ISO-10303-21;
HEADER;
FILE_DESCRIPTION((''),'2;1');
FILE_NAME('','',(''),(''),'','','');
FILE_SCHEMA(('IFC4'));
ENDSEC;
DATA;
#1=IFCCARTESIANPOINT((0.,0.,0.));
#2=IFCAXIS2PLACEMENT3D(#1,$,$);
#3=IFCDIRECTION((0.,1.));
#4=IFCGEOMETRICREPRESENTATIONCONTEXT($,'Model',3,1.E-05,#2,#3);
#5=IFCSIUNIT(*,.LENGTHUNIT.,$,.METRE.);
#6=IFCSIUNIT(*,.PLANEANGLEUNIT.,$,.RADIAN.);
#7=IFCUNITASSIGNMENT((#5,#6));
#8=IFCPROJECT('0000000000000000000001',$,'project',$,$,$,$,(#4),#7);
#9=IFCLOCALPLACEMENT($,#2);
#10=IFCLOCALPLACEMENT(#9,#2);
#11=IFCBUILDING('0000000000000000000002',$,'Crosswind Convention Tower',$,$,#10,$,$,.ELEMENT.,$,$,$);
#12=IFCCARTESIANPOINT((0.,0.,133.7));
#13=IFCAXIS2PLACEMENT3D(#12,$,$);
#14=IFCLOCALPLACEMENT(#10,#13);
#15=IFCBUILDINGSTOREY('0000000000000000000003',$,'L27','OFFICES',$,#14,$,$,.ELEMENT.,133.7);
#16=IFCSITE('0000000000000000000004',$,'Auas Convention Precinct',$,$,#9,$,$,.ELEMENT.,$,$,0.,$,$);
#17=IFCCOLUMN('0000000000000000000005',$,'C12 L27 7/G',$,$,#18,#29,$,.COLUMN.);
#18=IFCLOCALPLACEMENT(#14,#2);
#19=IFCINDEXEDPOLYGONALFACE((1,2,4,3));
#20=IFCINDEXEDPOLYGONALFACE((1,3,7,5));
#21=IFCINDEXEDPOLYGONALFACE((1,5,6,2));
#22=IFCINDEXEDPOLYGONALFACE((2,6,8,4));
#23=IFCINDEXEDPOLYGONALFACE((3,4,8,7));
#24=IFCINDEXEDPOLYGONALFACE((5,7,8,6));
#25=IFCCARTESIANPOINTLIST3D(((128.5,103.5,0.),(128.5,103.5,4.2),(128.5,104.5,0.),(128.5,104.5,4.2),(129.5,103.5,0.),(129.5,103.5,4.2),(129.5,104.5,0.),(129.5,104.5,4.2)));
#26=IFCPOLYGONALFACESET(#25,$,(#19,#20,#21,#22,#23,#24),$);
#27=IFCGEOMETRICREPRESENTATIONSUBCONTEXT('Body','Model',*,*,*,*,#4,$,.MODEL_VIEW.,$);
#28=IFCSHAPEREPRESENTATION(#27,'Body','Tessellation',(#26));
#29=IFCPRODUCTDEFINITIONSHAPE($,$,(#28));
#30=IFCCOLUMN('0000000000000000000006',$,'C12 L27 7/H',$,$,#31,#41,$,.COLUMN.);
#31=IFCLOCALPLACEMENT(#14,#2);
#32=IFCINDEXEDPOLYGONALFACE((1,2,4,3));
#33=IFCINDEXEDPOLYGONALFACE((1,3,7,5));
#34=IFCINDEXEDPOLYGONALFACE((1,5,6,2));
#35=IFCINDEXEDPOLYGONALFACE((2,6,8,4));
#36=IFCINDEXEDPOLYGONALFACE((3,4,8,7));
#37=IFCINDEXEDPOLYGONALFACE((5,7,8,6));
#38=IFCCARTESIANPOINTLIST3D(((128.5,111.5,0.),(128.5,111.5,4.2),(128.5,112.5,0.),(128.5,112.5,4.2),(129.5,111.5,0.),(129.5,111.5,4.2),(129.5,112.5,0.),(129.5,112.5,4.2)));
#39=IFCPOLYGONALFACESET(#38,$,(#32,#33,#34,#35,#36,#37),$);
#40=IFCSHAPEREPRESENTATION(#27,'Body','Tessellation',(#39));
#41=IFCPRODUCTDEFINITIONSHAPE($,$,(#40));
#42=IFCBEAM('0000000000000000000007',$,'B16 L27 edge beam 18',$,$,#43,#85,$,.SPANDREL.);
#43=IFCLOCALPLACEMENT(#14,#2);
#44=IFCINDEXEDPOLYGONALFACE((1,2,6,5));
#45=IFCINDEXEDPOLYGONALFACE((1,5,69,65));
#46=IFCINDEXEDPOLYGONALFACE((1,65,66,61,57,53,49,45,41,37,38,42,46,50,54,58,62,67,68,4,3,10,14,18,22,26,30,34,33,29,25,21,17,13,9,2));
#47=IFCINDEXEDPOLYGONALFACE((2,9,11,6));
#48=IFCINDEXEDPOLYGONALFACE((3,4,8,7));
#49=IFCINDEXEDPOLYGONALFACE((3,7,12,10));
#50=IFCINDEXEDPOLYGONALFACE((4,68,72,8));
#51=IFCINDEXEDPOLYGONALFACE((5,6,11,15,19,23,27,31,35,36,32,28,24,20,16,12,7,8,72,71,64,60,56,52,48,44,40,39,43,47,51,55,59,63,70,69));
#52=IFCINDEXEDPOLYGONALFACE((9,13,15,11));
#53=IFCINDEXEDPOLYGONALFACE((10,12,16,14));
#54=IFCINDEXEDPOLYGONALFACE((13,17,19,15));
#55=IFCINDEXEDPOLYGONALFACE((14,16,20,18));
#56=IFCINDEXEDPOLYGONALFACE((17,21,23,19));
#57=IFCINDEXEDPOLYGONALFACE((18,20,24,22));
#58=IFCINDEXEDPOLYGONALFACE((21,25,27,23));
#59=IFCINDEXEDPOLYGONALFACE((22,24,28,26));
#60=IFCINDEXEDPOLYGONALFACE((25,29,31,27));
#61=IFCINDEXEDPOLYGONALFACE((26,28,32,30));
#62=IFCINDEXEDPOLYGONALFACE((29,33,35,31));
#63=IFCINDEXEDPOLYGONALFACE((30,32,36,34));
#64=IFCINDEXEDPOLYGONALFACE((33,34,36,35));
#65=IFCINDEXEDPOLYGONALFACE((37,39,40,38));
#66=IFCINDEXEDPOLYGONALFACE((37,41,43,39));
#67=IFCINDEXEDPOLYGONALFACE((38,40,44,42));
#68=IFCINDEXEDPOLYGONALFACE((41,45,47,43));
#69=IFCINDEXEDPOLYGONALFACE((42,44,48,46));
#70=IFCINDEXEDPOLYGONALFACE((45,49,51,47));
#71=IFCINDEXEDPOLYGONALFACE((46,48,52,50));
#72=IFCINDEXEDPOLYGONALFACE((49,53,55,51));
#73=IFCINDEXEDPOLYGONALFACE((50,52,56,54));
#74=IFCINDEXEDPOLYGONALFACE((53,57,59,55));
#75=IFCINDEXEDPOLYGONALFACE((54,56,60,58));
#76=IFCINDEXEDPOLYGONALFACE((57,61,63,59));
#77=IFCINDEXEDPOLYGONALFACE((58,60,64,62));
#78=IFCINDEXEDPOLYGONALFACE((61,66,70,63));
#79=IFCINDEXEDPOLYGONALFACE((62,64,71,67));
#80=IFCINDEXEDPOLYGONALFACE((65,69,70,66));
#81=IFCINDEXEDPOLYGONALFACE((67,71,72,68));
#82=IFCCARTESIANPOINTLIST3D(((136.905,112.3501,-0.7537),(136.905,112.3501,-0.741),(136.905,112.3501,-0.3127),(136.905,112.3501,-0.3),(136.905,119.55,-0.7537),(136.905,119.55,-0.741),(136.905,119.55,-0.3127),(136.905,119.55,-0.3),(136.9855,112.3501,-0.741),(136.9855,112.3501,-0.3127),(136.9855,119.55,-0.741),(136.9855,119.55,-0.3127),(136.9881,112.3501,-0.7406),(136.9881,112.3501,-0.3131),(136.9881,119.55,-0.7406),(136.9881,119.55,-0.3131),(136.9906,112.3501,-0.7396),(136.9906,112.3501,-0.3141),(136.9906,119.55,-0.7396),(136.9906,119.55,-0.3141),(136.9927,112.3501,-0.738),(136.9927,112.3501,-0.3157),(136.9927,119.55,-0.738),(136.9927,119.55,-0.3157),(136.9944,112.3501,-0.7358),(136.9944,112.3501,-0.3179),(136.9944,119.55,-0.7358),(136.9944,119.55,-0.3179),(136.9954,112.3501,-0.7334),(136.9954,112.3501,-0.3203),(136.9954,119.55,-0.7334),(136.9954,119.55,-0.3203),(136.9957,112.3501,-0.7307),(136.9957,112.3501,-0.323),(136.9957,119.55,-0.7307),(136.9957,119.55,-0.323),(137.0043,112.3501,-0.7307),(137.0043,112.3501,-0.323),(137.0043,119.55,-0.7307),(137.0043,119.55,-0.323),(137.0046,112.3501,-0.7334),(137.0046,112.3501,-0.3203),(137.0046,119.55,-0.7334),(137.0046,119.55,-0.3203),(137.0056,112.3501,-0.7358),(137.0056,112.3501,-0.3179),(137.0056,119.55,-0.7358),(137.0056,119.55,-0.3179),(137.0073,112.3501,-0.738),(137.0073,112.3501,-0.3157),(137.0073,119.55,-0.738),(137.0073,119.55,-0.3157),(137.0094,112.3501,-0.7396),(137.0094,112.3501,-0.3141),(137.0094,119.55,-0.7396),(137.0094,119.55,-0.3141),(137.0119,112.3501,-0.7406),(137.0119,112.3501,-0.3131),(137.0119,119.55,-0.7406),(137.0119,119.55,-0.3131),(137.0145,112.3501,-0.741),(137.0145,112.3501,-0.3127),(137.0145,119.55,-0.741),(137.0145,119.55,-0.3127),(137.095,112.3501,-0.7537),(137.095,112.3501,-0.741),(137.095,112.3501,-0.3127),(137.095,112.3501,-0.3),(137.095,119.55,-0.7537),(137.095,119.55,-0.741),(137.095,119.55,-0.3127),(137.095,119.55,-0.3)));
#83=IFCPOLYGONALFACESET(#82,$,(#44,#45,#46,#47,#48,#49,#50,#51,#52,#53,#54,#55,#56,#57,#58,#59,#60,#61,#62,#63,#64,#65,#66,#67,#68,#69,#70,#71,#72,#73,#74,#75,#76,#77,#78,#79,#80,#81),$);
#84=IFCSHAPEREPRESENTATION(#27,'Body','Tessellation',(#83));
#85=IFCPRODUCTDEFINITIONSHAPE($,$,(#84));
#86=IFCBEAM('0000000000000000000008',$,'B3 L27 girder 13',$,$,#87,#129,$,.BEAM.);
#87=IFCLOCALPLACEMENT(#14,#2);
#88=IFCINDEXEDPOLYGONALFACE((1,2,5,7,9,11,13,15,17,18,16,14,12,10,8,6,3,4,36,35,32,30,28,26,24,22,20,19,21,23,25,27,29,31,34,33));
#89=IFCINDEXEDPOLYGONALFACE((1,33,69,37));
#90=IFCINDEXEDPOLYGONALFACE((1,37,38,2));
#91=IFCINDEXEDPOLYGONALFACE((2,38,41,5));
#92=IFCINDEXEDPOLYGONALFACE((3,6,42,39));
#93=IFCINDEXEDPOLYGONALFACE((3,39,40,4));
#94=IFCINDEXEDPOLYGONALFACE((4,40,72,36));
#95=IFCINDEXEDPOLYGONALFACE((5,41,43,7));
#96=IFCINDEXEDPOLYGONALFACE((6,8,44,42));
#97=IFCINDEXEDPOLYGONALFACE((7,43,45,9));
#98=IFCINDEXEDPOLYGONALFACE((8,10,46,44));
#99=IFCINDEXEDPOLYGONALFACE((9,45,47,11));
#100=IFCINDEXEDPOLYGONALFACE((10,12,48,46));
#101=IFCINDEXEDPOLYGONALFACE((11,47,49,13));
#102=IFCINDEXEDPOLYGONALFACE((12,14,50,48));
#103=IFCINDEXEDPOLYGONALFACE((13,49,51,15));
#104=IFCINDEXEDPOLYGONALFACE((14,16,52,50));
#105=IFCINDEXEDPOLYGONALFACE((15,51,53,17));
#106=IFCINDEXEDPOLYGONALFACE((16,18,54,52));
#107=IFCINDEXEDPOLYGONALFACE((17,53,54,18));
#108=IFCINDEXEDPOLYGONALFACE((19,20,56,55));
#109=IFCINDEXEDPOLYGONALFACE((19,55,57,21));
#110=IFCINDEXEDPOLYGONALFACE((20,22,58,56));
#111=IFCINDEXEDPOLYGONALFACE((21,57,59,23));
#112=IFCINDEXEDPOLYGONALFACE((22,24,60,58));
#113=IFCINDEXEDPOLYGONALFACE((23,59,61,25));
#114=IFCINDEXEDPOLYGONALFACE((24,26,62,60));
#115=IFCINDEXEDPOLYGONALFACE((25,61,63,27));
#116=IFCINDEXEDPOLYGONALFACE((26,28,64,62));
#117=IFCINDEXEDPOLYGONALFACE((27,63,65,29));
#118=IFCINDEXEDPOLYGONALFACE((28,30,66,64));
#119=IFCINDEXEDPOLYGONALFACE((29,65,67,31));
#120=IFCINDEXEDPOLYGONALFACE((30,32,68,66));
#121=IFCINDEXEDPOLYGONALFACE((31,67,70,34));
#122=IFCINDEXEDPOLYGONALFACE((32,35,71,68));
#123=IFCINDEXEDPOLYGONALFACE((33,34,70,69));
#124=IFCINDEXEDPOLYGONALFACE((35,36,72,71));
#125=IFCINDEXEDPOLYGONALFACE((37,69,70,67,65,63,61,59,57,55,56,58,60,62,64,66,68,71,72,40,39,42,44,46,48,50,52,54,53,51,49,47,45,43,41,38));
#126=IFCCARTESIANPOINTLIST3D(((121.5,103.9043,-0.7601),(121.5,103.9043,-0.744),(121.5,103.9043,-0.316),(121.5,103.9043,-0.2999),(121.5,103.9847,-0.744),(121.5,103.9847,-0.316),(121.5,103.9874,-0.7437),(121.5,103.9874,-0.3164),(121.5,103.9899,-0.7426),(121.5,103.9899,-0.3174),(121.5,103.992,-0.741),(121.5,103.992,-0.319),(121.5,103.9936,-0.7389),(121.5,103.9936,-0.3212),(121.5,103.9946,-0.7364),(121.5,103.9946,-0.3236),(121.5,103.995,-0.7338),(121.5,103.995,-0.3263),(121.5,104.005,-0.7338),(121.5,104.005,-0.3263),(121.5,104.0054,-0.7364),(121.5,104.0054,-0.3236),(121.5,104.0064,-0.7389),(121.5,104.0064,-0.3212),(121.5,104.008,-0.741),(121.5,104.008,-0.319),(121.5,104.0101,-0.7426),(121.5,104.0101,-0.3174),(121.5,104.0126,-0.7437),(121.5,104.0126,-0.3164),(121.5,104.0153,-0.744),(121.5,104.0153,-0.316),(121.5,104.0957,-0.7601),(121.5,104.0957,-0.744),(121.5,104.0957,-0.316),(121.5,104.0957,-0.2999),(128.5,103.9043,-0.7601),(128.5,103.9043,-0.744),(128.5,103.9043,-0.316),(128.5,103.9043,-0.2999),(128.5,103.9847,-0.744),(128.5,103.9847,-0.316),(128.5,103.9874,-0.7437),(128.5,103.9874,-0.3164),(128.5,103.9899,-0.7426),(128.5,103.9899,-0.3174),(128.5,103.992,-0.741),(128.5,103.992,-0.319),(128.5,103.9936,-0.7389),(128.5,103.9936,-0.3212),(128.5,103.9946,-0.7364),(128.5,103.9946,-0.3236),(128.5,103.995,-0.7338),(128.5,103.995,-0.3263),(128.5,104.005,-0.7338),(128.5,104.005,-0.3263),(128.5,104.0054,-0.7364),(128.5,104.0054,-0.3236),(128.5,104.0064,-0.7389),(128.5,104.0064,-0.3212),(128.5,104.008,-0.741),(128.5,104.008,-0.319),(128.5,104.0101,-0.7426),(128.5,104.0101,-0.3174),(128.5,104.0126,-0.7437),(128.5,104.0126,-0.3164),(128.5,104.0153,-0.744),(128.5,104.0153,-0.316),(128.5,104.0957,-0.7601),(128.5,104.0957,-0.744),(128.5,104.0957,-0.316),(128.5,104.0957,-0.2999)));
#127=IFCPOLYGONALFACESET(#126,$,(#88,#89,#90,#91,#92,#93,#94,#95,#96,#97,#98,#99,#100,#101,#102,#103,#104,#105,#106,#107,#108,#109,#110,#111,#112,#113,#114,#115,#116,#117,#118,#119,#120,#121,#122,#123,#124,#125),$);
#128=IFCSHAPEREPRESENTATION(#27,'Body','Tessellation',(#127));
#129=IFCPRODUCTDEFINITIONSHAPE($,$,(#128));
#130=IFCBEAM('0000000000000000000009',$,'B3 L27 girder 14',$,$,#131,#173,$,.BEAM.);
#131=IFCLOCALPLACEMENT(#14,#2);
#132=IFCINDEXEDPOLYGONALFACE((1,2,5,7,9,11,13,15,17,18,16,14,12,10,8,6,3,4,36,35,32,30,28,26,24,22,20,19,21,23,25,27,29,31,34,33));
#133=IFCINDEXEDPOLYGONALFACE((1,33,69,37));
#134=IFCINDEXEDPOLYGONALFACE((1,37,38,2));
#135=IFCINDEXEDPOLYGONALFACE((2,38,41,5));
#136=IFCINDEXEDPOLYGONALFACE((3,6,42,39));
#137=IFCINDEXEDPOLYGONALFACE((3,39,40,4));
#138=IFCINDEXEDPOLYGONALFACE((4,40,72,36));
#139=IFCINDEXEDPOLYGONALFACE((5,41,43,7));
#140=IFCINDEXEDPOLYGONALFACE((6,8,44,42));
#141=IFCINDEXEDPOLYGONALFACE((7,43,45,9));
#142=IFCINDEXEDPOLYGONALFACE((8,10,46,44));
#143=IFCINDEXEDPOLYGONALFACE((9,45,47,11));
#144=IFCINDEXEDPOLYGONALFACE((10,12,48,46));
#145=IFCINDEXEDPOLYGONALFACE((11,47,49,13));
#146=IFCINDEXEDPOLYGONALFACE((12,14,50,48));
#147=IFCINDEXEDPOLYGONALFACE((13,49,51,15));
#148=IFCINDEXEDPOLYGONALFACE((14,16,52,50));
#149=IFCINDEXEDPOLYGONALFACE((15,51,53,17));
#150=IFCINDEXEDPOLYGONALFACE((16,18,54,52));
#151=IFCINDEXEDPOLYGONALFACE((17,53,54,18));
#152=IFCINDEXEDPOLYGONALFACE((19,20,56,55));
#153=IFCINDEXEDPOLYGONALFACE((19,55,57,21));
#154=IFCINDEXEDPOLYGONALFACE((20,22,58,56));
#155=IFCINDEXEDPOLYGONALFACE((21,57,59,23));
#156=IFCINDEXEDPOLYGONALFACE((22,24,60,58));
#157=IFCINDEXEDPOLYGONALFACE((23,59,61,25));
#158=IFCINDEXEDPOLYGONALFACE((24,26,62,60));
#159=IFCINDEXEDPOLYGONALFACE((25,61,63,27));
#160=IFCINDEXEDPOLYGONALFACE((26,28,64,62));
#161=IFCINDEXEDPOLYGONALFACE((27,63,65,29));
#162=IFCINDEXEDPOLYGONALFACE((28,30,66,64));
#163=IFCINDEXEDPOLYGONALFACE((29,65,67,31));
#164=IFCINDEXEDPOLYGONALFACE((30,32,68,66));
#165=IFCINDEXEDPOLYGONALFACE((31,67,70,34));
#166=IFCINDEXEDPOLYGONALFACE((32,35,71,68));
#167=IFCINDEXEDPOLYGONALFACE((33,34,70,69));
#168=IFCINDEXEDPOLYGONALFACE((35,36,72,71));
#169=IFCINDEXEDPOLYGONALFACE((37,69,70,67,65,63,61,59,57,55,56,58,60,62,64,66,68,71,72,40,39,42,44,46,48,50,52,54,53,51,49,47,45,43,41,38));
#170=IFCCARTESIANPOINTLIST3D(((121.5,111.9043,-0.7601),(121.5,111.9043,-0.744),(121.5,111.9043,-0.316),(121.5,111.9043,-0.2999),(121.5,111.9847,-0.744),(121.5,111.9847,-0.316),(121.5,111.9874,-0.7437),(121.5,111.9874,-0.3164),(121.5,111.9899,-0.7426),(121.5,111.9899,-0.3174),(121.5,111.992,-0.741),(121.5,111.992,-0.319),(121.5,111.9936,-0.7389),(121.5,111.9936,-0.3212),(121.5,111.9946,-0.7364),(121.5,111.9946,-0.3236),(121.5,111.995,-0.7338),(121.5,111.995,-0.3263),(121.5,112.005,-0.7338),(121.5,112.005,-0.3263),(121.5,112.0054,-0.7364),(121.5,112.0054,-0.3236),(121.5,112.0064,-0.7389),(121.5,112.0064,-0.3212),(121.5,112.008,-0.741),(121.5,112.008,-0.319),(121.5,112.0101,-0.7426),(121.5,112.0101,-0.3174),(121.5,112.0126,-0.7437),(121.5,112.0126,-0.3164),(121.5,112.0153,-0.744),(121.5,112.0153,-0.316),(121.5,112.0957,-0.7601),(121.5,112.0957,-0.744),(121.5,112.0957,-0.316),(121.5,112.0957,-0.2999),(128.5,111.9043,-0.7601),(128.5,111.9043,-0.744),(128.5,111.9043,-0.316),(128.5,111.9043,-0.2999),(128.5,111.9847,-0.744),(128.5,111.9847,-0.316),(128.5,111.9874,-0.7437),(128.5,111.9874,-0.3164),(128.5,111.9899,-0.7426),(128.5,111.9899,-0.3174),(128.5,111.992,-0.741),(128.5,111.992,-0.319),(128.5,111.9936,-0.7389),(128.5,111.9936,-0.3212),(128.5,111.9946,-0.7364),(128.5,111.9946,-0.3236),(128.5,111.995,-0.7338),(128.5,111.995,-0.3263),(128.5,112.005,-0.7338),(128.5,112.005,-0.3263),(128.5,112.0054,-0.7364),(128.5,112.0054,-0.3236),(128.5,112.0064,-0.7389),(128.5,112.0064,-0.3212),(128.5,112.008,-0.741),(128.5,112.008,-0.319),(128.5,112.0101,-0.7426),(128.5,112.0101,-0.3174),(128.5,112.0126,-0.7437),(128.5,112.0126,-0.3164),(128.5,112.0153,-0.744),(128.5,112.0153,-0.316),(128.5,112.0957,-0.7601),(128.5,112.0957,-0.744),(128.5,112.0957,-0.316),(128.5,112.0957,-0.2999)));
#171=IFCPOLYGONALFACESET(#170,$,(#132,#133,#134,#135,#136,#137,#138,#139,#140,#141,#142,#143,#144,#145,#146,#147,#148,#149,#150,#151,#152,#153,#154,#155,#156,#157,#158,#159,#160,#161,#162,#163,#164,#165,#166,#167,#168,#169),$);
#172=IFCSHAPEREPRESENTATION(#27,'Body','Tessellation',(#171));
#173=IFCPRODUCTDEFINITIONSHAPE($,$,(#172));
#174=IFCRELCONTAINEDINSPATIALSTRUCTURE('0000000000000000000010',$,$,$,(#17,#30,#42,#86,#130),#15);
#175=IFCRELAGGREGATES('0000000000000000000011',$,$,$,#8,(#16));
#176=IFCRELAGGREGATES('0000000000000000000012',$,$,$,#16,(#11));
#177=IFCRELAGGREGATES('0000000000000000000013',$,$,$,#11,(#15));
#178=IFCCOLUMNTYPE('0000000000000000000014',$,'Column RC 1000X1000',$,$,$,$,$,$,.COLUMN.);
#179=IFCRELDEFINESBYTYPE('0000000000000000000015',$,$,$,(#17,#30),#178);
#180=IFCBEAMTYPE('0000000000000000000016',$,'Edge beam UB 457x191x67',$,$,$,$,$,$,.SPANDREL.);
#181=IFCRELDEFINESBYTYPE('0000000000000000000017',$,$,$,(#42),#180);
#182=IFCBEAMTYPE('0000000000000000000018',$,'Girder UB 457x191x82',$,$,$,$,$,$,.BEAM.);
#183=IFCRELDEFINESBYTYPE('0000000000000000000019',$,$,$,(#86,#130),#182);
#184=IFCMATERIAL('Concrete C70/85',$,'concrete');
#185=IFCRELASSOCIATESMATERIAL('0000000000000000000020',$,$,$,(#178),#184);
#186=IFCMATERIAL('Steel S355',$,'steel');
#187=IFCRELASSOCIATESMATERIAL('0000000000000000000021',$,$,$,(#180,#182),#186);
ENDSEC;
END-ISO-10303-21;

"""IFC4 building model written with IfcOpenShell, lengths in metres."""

from ifc_helpers import new_model, si_unit, direction, frame, origin, origin_2d, place, context, subcontext, project, spatial, rectangle, i_section, extrude, material, material_profile, profile_set, type_object, element, save


model = new_model("IFC4")

# Units and contexts
model_context = context("Model", 3, precision=1e-05, world=origin(), true_north=direction((0.0, 1.0)))
body_context = subcontext(model_context, "Body", "Model", "MODEL_VIEW")
ifc_project = project(units=[si_unit("LENGTHUNIT", "METRE"), si_unit("PLANEANGLEUNIT", "RADIAN")], contexts=[model_context])

# Site, building, storey
site_placement = place(None, origin())
site = spatial("IfcSite", under=ifc_project, at=site_placement, Name="Auas Convention Precinct", CompositionType="ELEMENT", RefElevation=0.0)
building_placement = place(site_placement, origin())
building = spatial("IfcBuilding", under=site, at=building_placement, Name="Crosswind Convention Tower", CompositionType="ELEMENT")
storey_placement = place(building_placement, frame((0.0, 0.0, 133.7)))
storey = spatial("IfcBuildingStorey", under=building, at=storey_placement, Name="L27", Description="OFFICES", CompositionType="ELEMENT", Elevation=133.7)

# Columns
ifc_material_1 = material(Name="Concrete C70/85", Category="concrete")
ifc_material_profile_1 = material_profile(ifc_material_1, rectangle(XDim=1.0, YDim=1.0, at=origin_2d()), Name="RC 1000X1000")
ifc_profile_set_1 = profile_set([ifc_material_profile_1], Name="Concrete C70/85")
column_type = type_object("IfcColumnType", Name="Column RC 1000X1000", PredefinedType="COLUMN", material=ifc_profile_set_1)
for number, where, z_axis, x_axis, name in (
    (1, (129.0, 104.0, 0.0), (0.0, 0.0, 1.0), (1.0, 0.0, 0.0), "C12 L27 7/G"),
    (2, (129.0, 112.0, 0.0), (0.0, 0.0, 1.0), (1.0, 0.0, 0.0), "C12 L27 7/H"),
):
    element("IfcColumn", number, at=place(storey_placement, frame(where, z_axis=z_axis, x_axis=x_axis)), inside=storey, type_object=column_type, Name=name, PredefinedType="COLUMN", context=body_context, shape_type="SweptSolid", body=[
        extrude(rectangle(XDim=1.0, YDim=1.0, at=origin_2d()), origin(), (0.0, 0.0, 1.0), 4.2),
    ])

# Beams
ifc_material_2 = material(Name="Steel S355", Category="steel")
ifc_material_profile_2 = material_profile(ifc_material_2, i_section(OverallWidth=0.1899, OverallDepth=0.4536, WebThickness=0.0085, FlangeThickness=0.0127, FilletRadius=0.0103, at=origin_2d()), Name="UB 457x191x67")
ifc_profile_set_2 = profile_set([ifc_material_profile_2], Name="Steel S355")
beam_type_1 = type_object("IfcBeamType", Name="Edge beam UB 457x191x67", PredefinedType="SPANDREL", material=ifc_profile_set_2)
beam_1_placement = place(storey_placement, frame((137.0, 112.3501, -0.5269), z_axis=(0.0, 1.0, 0.0), x_axis=(-1.0, 0.0, 0.0)))
element("IfcBeam", 3, at=beam_1_placement, inside=storey, type_object=beam_type_1, Name="B16 L27 edge beam 18", PredefinedType="SPANDREL", context=body_context, shape_type="SweptSolid", body=[
    extrude(i_section(OverallWidth=0.1899, OverallDepth=0.4536, WebThickness=0.0085, FlangeThickness=0.0127, FilletRadius=0.0103, at=origin_2d()), origin(), (0.0, 0.0, 1.0), 7.2),
])
ifc_material_profile_3 = material_profile(ifc_material_2, i_section(OverallWidth=0.1914, OverallDepth=0.4602, WebThickness=0.01, FlangeThickness=0.0161, FilletRadius=0.0103, at=origin_2d()), Name="UB 457x191x82")
ifc_profile_set_3 = profile_set([ifc_material_profile_3], Name="Steel S355")
beam_type_2 = type_object("IfcBeamType", Name="Girder UB 457x191x82", PredefinedType="BEAM", material=ifc_profile_set_3)
for number, where, z_axis, x_axis, name in (
    (4, (121.5, 104.0, -0.53), (1.0, 0.0, 0.0), (0.0, 1.0, 0.0), "B3 L27 girder 13"),
    (5, (121.5, 112.0, -0.53), (1.0, 0.0, 0.0), (0.0, 1.0, 0.0), "B3 L27 girder 14"),
):
    element("IfcBeam", number, at=place(storey_placement, frame(where, z_axis=z_axis, x_axis=x_axis)), inside=storey, type_object=beam_type_2, Name=name, PredefinedType="BEAM", context=body_context, shape_type="SweptSolid", body=[
        extrude(i_section(OverallWidth=0.1914, OverallDepth=0.4602, WebThickness=0.01, FlangeThickness=0.0161, FilletRadius=0.0103, at=origin_2d()), origin(), (0.0, 0.0, 1.0), 7.0),
    ])

save(model, "model.ifc")
